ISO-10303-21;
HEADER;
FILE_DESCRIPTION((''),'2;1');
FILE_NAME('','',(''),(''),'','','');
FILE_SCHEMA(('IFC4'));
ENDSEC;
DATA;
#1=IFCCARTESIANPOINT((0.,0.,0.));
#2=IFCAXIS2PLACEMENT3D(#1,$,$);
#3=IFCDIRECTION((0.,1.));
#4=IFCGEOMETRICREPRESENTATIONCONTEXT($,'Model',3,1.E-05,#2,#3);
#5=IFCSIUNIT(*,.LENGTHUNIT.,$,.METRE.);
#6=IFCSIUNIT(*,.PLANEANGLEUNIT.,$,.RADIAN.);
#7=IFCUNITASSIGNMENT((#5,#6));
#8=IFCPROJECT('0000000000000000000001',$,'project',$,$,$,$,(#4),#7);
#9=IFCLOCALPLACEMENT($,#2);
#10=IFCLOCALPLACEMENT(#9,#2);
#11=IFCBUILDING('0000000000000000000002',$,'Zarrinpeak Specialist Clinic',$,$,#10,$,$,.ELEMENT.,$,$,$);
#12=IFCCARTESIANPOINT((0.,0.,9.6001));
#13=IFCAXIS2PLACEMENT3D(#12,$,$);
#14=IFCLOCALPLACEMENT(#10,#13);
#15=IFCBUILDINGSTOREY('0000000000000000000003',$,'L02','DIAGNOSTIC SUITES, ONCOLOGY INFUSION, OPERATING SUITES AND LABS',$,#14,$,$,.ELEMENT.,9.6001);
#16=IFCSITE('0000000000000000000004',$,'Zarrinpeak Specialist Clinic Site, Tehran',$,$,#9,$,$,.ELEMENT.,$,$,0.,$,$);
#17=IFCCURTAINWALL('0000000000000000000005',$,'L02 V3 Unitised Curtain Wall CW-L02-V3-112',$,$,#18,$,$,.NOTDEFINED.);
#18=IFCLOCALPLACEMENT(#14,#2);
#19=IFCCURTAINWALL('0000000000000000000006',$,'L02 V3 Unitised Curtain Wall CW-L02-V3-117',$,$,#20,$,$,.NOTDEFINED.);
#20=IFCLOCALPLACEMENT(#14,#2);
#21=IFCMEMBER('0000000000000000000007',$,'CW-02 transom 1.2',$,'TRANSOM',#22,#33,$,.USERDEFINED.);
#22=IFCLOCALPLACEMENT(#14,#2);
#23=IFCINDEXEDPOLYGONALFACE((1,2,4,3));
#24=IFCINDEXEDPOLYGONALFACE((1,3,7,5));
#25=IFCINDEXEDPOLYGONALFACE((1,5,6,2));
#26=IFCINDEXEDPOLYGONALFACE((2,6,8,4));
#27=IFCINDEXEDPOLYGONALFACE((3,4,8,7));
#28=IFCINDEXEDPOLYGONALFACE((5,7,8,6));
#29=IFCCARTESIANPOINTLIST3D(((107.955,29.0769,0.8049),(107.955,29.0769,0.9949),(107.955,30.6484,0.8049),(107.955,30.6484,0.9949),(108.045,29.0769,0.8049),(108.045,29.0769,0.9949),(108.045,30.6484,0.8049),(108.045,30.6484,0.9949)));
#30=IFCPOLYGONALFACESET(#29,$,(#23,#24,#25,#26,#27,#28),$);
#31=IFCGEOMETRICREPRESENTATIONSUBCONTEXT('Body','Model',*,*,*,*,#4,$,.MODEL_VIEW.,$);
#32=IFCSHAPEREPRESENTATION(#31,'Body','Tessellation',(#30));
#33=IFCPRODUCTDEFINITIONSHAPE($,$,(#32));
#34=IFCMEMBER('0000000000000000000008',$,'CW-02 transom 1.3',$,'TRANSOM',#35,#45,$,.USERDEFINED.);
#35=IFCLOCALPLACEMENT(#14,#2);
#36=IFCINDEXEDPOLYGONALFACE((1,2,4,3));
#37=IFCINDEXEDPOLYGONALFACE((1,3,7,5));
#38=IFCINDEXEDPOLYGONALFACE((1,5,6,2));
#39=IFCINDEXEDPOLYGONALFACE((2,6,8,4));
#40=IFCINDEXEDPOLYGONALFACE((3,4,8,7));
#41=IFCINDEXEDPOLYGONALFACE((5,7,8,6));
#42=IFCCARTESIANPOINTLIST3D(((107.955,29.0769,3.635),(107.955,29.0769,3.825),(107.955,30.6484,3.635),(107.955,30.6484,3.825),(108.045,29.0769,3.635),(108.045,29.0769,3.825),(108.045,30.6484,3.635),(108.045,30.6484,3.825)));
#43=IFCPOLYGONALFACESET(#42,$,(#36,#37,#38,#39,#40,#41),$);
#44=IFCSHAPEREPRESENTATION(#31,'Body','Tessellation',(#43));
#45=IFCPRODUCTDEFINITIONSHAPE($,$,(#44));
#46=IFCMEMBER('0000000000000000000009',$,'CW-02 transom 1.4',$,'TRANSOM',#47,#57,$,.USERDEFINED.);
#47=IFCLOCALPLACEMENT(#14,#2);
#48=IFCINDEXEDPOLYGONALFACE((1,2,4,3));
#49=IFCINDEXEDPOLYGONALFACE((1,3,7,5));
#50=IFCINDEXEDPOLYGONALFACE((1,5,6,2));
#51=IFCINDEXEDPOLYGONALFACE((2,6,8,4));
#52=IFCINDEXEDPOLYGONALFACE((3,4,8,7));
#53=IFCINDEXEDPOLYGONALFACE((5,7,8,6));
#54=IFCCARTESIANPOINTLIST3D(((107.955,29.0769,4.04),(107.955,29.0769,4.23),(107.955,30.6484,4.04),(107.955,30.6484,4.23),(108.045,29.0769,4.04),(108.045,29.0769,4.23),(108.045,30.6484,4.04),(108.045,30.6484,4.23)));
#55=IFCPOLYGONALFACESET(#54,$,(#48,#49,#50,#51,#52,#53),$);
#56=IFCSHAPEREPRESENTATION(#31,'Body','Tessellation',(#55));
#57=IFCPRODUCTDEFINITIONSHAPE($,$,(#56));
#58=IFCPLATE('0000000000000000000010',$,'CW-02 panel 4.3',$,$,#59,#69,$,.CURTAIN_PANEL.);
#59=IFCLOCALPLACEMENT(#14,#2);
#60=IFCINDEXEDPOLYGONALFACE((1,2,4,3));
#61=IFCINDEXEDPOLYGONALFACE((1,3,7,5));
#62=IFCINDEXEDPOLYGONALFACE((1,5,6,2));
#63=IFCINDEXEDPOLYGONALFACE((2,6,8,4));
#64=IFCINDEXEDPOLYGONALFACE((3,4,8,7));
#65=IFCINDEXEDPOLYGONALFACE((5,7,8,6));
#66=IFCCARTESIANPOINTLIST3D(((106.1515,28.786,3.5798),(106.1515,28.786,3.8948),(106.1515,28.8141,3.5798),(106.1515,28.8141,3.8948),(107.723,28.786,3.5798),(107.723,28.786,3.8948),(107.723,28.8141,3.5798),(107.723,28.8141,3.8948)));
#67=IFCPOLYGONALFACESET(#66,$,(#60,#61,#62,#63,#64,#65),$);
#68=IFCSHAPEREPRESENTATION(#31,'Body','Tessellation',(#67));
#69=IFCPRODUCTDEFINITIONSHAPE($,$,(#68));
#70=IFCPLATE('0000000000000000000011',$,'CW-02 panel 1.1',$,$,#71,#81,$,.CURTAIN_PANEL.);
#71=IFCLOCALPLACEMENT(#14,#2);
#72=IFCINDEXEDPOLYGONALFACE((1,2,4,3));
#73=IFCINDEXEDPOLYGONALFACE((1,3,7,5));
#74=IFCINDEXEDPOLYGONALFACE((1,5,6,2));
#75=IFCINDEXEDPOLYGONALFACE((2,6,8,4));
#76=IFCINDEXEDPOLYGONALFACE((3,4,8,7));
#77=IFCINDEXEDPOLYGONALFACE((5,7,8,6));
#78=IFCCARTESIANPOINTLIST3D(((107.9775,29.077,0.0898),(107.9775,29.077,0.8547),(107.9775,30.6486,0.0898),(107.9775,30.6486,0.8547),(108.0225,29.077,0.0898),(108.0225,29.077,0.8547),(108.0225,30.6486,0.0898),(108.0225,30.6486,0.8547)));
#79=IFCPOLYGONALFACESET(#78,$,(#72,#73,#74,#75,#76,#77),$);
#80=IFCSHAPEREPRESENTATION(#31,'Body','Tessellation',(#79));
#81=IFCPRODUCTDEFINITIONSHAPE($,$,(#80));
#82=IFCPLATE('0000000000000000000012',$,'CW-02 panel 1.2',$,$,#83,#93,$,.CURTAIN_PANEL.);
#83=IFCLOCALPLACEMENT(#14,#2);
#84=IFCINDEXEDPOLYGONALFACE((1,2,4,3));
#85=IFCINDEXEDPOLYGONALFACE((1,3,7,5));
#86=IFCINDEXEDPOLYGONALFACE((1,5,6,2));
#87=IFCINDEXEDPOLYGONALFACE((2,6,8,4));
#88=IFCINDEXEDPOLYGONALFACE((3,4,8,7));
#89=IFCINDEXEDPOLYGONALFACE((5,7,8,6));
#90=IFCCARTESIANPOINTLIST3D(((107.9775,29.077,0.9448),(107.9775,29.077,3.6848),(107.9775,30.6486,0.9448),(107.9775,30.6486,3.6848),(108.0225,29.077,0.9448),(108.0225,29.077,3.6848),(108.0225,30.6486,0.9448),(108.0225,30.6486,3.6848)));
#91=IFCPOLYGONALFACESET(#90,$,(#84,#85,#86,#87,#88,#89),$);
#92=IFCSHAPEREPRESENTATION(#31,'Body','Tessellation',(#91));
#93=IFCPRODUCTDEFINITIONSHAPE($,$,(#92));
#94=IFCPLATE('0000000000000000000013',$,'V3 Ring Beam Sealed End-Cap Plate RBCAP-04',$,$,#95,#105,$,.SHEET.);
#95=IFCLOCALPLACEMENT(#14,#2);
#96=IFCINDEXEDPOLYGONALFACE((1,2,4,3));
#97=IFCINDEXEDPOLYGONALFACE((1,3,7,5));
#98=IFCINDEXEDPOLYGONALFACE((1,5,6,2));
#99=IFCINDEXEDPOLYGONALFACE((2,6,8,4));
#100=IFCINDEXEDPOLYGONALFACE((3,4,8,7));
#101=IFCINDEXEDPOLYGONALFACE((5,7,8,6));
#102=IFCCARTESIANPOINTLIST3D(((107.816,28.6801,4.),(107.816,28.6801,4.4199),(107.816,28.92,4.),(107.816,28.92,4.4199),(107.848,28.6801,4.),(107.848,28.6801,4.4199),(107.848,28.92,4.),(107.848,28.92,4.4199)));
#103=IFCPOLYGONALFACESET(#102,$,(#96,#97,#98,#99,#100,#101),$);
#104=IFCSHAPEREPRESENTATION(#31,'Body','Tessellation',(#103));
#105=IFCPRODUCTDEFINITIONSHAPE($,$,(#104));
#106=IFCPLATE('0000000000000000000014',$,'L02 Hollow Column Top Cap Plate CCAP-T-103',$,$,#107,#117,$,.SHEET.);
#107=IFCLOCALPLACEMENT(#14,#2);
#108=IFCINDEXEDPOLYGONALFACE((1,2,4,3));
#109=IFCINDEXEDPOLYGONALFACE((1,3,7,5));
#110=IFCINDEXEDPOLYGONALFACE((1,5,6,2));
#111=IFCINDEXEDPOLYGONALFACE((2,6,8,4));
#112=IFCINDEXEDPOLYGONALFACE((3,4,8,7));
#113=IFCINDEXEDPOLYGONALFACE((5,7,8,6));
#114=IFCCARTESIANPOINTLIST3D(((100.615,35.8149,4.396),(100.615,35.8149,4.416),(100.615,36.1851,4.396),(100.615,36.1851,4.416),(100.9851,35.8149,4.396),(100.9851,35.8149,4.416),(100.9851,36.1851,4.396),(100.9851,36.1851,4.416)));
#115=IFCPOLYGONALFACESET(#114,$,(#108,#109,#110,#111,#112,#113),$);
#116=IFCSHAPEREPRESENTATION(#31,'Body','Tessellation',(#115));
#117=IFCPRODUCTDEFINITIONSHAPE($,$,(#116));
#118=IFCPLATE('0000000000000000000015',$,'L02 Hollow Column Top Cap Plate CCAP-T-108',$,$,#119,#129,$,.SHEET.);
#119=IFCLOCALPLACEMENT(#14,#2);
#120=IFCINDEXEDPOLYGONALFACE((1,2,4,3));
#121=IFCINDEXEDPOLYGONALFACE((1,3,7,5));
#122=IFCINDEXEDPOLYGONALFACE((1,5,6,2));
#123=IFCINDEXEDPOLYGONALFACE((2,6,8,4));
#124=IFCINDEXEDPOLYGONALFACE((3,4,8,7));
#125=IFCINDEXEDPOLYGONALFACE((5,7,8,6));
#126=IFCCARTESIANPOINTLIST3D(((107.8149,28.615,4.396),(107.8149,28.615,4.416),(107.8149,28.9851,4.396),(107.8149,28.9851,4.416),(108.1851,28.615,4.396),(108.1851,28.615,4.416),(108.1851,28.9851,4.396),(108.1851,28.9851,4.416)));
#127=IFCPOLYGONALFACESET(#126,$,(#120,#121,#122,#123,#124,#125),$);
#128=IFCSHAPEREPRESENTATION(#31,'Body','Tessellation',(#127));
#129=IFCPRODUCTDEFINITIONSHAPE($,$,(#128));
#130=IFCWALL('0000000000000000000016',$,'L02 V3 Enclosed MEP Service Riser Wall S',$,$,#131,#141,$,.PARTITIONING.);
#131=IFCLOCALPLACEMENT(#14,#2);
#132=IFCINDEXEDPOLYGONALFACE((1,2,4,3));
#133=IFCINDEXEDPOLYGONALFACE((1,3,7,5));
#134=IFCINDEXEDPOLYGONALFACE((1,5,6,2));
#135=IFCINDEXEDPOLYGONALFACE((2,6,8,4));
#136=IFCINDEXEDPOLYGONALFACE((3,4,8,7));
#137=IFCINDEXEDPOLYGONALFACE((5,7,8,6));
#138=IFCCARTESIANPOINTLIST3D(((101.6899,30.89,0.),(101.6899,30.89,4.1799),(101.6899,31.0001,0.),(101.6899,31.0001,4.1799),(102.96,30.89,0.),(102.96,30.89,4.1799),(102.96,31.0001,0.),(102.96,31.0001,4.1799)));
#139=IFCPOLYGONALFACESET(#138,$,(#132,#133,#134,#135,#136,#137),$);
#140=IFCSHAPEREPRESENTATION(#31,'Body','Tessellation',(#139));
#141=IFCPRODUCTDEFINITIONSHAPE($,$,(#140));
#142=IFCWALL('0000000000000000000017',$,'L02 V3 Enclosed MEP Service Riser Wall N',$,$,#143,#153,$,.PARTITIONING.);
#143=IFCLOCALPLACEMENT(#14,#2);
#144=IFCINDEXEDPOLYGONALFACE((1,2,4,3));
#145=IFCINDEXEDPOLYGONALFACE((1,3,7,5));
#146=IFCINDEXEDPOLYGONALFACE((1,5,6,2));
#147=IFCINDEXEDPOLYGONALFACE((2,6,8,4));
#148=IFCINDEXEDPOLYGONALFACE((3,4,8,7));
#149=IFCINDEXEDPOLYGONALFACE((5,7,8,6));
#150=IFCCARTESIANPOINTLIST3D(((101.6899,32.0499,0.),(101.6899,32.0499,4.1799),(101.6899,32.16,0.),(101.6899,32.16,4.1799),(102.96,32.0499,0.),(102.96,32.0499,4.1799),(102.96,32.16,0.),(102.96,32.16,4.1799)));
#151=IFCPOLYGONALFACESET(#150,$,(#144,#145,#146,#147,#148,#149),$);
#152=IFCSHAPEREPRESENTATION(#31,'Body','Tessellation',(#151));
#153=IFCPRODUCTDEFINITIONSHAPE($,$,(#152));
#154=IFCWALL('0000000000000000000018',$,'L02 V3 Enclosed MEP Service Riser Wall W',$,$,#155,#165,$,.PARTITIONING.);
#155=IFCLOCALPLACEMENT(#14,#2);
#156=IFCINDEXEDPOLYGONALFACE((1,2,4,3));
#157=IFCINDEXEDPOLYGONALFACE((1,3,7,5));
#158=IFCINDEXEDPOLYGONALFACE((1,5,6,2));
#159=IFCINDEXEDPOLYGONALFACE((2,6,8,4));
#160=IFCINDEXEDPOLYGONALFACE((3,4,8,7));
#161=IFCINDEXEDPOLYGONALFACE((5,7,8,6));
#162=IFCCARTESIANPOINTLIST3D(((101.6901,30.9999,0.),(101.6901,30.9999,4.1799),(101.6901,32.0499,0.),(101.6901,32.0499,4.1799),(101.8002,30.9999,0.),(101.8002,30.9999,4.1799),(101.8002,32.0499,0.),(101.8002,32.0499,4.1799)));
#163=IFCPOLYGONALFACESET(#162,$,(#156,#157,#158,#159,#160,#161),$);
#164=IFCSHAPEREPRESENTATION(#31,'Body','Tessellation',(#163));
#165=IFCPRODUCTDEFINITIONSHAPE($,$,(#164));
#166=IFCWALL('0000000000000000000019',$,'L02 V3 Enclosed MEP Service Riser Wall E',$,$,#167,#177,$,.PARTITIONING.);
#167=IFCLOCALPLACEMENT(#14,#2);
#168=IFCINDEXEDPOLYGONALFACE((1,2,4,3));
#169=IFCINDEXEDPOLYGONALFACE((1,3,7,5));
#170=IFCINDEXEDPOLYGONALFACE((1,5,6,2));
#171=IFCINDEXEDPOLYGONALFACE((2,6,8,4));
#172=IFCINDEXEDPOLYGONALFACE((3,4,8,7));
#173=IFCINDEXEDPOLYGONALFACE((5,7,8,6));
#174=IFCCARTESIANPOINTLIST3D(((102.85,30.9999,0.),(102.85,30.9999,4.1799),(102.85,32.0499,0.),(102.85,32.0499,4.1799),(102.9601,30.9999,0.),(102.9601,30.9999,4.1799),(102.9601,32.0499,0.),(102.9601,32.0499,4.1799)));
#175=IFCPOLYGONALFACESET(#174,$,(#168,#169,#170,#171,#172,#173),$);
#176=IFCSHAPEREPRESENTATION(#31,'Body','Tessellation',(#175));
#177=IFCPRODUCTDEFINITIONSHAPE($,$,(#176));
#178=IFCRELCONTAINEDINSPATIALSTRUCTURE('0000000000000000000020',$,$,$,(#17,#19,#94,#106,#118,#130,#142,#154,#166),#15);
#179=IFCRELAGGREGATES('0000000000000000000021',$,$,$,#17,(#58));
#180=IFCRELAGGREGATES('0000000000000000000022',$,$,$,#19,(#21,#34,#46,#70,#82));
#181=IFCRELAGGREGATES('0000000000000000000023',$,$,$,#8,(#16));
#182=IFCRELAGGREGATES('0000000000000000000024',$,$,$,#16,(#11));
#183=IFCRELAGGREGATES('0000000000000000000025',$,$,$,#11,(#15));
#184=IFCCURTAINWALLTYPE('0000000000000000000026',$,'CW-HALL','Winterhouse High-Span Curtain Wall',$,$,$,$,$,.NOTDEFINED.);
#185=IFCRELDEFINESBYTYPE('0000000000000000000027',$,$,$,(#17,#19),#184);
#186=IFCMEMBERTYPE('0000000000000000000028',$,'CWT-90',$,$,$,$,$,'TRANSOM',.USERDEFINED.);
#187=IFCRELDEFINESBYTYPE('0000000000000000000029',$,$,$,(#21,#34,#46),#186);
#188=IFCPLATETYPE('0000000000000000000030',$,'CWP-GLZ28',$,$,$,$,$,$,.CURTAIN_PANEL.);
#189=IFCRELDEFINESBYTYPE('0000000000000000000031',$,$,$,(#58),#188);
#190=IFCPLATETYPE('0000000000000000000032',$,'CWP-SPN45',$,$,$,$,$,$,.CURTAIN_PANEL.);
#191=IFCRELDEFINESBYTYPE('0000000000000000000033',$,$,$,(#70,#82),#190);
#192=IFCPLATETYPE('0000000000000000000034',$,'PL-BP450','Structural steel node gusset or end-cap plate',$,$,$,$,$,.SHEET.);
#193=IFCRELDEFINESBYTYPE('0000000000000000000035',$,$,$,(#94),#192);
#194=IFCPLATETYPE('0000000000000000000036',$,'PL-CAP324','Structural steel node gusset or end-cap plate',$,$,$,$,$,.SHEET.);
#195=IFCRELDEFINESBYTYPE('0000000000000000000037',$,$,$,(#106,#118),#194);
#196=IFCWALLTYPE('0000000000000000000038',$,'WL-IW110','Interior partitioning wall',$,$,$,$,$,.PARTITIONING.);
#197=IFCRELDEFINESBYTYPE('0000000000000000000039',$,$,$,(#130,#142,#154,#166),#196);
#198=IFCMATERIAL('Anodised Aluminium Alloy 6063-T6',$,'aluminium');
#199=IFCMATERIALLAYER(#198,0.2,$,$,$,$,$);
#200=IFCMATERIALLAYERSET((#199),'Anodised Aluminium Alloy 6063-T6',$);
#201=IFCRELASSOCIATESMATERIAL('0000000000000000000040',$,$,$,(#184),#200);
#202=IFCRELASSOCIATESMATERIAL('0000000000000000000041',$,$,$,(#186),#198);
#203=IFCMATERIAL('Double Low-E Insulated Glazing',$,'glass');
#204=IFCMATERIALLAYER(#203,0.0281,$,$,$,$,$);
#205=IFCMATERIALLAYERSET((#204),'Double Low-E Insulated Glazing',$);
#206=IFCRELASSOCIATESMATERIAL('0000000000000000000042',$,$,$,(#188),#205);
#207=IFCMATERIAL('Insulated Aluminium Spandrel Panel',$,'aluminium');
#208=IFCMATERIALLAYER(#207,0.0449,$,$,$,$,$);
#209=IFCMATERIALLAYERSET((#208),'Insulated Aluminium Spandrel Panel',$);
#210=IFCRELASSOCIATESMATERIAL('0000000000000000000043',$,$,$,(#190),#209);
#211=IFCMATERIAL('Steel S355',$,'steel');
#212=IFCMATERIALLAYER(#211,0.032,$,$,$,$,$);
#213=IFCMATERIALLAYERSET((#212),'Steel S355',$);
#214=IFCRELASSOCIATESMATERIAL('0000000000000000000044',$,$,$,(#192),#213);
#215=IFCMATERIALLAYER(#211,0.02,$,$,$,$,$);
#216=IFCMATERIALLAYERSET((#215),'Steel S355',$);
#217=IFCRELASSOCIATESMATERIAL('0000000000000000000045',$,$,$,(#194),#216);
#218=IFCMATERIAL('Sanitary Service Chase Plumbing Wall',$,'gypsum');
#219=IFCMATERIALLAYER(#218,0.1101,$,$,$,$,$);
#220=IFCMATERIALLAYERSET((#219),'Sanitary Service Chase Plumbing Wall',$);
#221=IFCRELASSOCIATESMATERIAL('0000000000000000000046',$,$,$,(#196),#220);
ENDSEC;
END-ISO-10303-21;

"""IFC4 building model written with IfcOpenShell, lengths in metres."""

from ifc_helpers import new_model, si_unit, direction, frame, frame_2d, origin, origin_2d, place, context, subcontext, project, spatial, rectangle, extrude, material, layer, layer_set, material_profile, profile_set, type_object, element, aggregate, save


model = new_model("IFC4")

# Units and contexts
model_context = context("Model", 3, precision=1e-05, world=origin(), true_north=direction((0.0, 1.0)))
body_context = subcontext(model_context, "Body", "Model", "MODEL_VIEW")
ifc_project = project(units=[si_unit("LENGTHUNIT", "METRE"), si_unit("PLANEANGLEUNIT", "RADIAN")], contexts=[model_context])

# Site, building, storey
site_placement = place(None, origin())
site = spatial("IfcSite", under=ifc_project, at=site_placement, Name="Zarrinpeak Specialist Clinic Site, Tehran", CompositionType="ELEMENT", RefElevation=0.0)
building_placement = place(site_placement, origin())
building = spatial("IfcBuilding", under=site, at=building_placement, Name="Zarrinpeak Specialist Clinic", CompositionType="ELEMENT")
storey_placement = place(building_placement, frame((0.0, 0.0, 9.6001)))
storey = spatial("IfcBuildingStorey", under=building, at=storey_placement, Name="L02", Description="DIAGNOSTIC SUITES, ONCOLOGY INFUSION, OPERATING SUITES AND LABS", CompositionType="ELEMENT", Elevation=9.6001)

# Shared definitions
ifc_material_1 = material(Name="Steel S355", Category="steel")

# Curtain wall
ifc_material_2 = material(Name="Anodised Aluminium Alloy 6063-T6", Category="aluminium")
ifc_layer_1 = layer(ifc_material_2, 0.2)
ifc_layer_set_1 = layer_set([ifc_layer_1], Name="Anodised Aluminium Alloy 6063-T6")
curtain_wall_type = type_object("IfcCurtainWallType", Name="CW-HALL", Description="Winterhouse High-Span Curtain Wall", PredefinedType="NOTDEFINED", material=ifc_layer_set_1)
curtain_wall_1_placement = place(storey_placement, origin())
curtain_wall_1 = element("IfcCurtainWall", 1, at=curtain_wall_1_placement, inside=storey, type_object=curtain_wall_type, Name="L02 V3 Unitised Curtain Wall CW-L02-V3-112", PredefinedType="NOTDEFINED")

# Curtain wall, members
curtain_wall_2_placement = place(storey_placement, origin())
curtain_wall_2 = element("IfcCurtainWall", 2, at=curtain_wall_2_placement, inside=storey, type_object=curtain_wall_type, Name="L02 V3 Unitised Curtain Wall CW-L02-V3-117", PredefinedType="NOTDEFINED")
ifc_material_profile_1 = material_profile(ifc_material_2, rectangle(XDim=0.0901, YDim=0.1899, at=origin_2d()), Name="ALU 90x190")
ifc_profile_set_1 = profile_set([ifc_material_profile_1], Name="Anodised Aluminium Alloy 6063-T6")
member_type_1 = type_object("IfcMemberType", Name="CWT-90", ElementType="TRANSOM", PredefinedType="USERDEFINED", material=ifc_profile_set_1)
member_1_placement = place(storey_placement, frame((108.0, 29.0769, 0.8999), z_axis=(0.0, 1.0, 0.0), x_axis=(-1.0, 0.0, 0.0)))
member_1 = element("IfcMember", 3, at=member_1_placement, type_object=member_type_1, Name="CW-02 transom 1.2", ObjectType="TRANSOM", PredefinedType="USERDEFINED", context=body_context, shape_type="SweptSolid", body=[
    extrude(rectangle(XDim=0.0901, YDim=0.1899, at=origin_2d()), origin(), (0.0, 0.0, 1.0), 1.5715),
])
member_2_placement = place(storey_placement, frame((108.0, 29.0769, 3.73), z_axis=(0.0, 1.0, 0.0), x_axis=(-1.0, 0.0, 0.0)))
member_2 = element("IfcMember", 4, at=member_2_placement, type_object=member_type_1, Name="CW-02 transom 1.3", ObjectType="TRANSOM", PredefinedType="USERDEFINED", context=body_context, shape_type="SweptSolid", body=[
    extrude(rectangle(XDim=0.0901, YDim=0.1899, at=origin_2d()), origin(), (0.0, 0.0, 1.0), 1.5715),
])
member_3_placement = place(storey_placement, frame((108.0, 29.0769, 4.135), z_axis=(0.0, 1.0, 0.0), x_axis=(-1.0, 0.0, 0.0)))
member_3 = element("IfcMember", 5, at=member_3_placement, type_object=member_type_1, Name="CW-02 transom 1.4", ObjectType="TRANSOM", PredefinedType="USERDEFINED", context=body_context, shape_type="SweptSolid", body=[
    extrude(rectangle(XDim=0.0901, YDim=0.1899, at=origin_2d()), origin(), (0.0, 0.0, 1.0), 1.5715),
])

# Plates
ifc_material_3 = material(Name="Double Low-E Insulated Glazing", Category="glass")
ifc_layer_2 = layer(ifc_material_3, 0.0281)
ifc_layer_set_2 = layer_set([ifc_layer_2], Name="Double Low-E Insulated Glazing")
plate_type_1 = type_object("IfcPlateType", Name="CWP-GLZ28", PredefinedType="CURTAIN_PANEL", material=ifc_layer_set_2)
plate_1_placement = place(storey_placement, frame((106.9373, 28.8, 3.5798), z_axis=(0.0, 0.0, 1.0), x_axis=(1.0, 0.0, 0.0)))
plate_1 = element("IfcPlate", 6, at=plate_1_placement, type_object=plate_type_1, Name="CW-02 panel 4.3", PredefinedType="CURTAIN_PANEL", context=body_context, shape_type="SweptSolid", body=[
    extrude(rectangle(XDim=1.5715, YDim=0.0281, at=origin_2d()), origin(), (0.0, 0.0, 1.0), 0.3149),
])
aggregate(curtain_wall_1, [plate_1])
ifc_material_4 = material(Name="Insulated Aluminium Spandrel Panel", Category="aluminium")
ifc_layer_3 = layer(ifc_material_4, 0.0449)
ifc_layer_set_3 = layer_set([ifc_layer_3], Name="Insulated Aluminium Spandrel Panel")
plate_type_2 = type_object("IfcPlateType", Name="CWP-SPN45", PredefinedType="CURTAIN_PANEL", material=ifc_layer_set_3)
plate_2_placement = place(storey_placement, frame((108.0, 29.8628, 0.0898), z_axis=(0.0, 0.0, 1.0), x_axis=(0.0, 1.0, 0.0)))
plate_2 = element("IfcPlate", 7, at=plate_2_placement, type_object=plate_type_2, Name="CW-02 panel 1.1", PredefinedType="CURTAIN_PANEL", context=body_context, shape_type="SweptSolid", body=[
    extrude(rectangle(XDim=1.5715, YDim=0.0449, at=origin_2d()), origin(), (0.0, 0.0, 1.0), 0.7649),
])
plate_3_placement = place(storey_placement, frame((108.0, 29.8628, 0.9448), z_axis=(0.0, 0.0, 1.0), x_axis=(0.0, 1.0, 0.0)))
plate_3 = element("IfcPlate", 8, at=plate_3_placement, type_object=plate_type_2, Name="CW-02 panel 1.2", PredefinedType="CURTAIN_PANEL", context=body_context, shape_type="SweptSolid", body=[
    extrude(rectangle(XDim=1.5715, YDim=0.0449, at=origin_2d()), origin(), (0.0, 0.0, 1.0), 2.74),
])
aggregate(curtain_wall_2, [member_1, member_2, member_3, plate_2, plate_3])

# Plates
ifc_layer_4 = layer(ifc_material_1, 0.032)
ifc_layer_set_4 = layer_set([ifc_layer_4], Name="Steel S355")
plate_type_3 = type_object("IfcPlateType", Name="PL-BP450", Description="Structural steel node gusset or end-cap plate", PredefinedType="SHEET", material=ifc_layer_set_4)
plate_4_placement = place(storey_placement, frame((107.832, 28.8, 4.0), z_axis=(0.0, 0.0, 1.0), x_axis=(1.0, 0.0, 0.0)))
element("IfcPlate", 9, at=plate_4_placement, inside=storey, type_object=plate_type_3, Name="V3 Ring Beam Sealed End-Cap Plate RBCAP-04", PredefinedType="SHEET", context=body_context, shape_type="SweptSolid", body=[
    extrude(rectangle(XDim=0.032, YDim=0.24, at=origin_2d()), origin(), (0.0, 0.0, 1.0), 0.4199),
])
ifc_layer_5 = layer(ifc_material_1, 0.02)
ifc_layer_set_5 = layer_set([ifc_layer_5], Name="Steel S355")
plate_type_4 = type_object("IfcPlateType", Name="PL-CAP324", Description="Structural steel node gusset or end-cap plate", PredefinedType="SHEET", material=ifc_layer_set_5)
for number, where, z_axis, x_axis, name in (
    (10, (100.8, 36.0, 4.396), (0.0, 0.0, 1.0), (1.0, 0.0, 0.0), "L02 Hollow Column Top Cap Plate CCAP-T-103"),
    (11, (108.0, 28.8, 4.396), (0.0, 0.0, 1.0), (1.0, 0.0, 0.0), "L02 Hollow Column Top Cap Plate CCAP-T-108"),
):
    element("IfcPlate", number, at=place(storey_placement, frame(where, z_axis=z_axis, x_axis=x_axis)), inside=storey, type_object=plate_type_4, Name=name, PredefinedType="SHEET", context=body_context, shape_type="SweptSolid", body=[
        extrude(rectangle(XDim=0.3701, YDim=0.3701, at=origin_2d()), origin(), (0.0, 0.0, 1.0), 0.02),
    ])

# Walls
ifc_material_5 = material(Name="Sanitary Service Chase Plumbing Wall", Category="gypsum")
ifc_layer_6 = layer(ifc_material_5, 0.1101)
ifc_layer_set_6 = layer_set([ifc_layer_6], Name="Sanitary Service Chase Plumbing Wall")
wall_type_1 = type_object("IfcWallType", Name="WL-IW110", Description="Interior partitioning wall", PredefinedType="PARTITIONING", material=ifc_layer_set_6)
for number, where, z_axis, x_axis, name in (
    (12, (101.6899, 30.9451, 0.0), (0.0, 0.0, 1.0), (1.0, 0.0, 0.0), "L02 V3 Enclosed MEP Service Riser Wall S"),
    (13, (101.6899, 32.105, 0.0), (0.0, 0.0, 1.0), (1.0, 0.0, 0.0), "L02 V3 Enclosed MEP Service Riser Wall N"),
):
    element("IfcWall", number, at=place(storey_placement, frame(where, z_axis=z_axis, x_axis=x_axis)), inside=storey, type_object=wall_type_1, Name=name, PredefinedType="PARTITIONING", context=body_context, shape_type="SweptSolid", body=[
        extrude(rectangle(XDim=1.27, YDim=0.1101, at=frame_2d((0.635, 0.0))), origin(), (0.0, 0.0, 1.0), 4.1799),
    ])
for number, where, z_axis, x_axis, name in (
    (14, (101.7451, 31.0, 0.0), (0.0, 0.0, 1.0), (0.0, 1.0, 0.0), "L02 V3 Enclosed MEP Service Riser Wall W"),
    (15, (102.905, 31.0, 0.0), (0.0, 0.0, 1.0), (0.0, 1.0, 0.0), "L02 V3 Enclosed MEP Service Riser Wall E"),
):
    element("IfcWall", number, at=place(storey_placement, frame(where, z_axis=z_axis, x_axis=x_axis)), inside=storey, type_object=wall_type_1, Name=name, PredefinedType="PARTITIONING", context=body_context, shape_type="SweptSolid", body=[
        extrude(rectangle(XDim=1.05, YDim=0.1101, at=frame_2d((0.5249, 0.0))), origin(), (0.0, 0.0, 1.0), 4.1799),
    ])

save(model, "model.ifc")
